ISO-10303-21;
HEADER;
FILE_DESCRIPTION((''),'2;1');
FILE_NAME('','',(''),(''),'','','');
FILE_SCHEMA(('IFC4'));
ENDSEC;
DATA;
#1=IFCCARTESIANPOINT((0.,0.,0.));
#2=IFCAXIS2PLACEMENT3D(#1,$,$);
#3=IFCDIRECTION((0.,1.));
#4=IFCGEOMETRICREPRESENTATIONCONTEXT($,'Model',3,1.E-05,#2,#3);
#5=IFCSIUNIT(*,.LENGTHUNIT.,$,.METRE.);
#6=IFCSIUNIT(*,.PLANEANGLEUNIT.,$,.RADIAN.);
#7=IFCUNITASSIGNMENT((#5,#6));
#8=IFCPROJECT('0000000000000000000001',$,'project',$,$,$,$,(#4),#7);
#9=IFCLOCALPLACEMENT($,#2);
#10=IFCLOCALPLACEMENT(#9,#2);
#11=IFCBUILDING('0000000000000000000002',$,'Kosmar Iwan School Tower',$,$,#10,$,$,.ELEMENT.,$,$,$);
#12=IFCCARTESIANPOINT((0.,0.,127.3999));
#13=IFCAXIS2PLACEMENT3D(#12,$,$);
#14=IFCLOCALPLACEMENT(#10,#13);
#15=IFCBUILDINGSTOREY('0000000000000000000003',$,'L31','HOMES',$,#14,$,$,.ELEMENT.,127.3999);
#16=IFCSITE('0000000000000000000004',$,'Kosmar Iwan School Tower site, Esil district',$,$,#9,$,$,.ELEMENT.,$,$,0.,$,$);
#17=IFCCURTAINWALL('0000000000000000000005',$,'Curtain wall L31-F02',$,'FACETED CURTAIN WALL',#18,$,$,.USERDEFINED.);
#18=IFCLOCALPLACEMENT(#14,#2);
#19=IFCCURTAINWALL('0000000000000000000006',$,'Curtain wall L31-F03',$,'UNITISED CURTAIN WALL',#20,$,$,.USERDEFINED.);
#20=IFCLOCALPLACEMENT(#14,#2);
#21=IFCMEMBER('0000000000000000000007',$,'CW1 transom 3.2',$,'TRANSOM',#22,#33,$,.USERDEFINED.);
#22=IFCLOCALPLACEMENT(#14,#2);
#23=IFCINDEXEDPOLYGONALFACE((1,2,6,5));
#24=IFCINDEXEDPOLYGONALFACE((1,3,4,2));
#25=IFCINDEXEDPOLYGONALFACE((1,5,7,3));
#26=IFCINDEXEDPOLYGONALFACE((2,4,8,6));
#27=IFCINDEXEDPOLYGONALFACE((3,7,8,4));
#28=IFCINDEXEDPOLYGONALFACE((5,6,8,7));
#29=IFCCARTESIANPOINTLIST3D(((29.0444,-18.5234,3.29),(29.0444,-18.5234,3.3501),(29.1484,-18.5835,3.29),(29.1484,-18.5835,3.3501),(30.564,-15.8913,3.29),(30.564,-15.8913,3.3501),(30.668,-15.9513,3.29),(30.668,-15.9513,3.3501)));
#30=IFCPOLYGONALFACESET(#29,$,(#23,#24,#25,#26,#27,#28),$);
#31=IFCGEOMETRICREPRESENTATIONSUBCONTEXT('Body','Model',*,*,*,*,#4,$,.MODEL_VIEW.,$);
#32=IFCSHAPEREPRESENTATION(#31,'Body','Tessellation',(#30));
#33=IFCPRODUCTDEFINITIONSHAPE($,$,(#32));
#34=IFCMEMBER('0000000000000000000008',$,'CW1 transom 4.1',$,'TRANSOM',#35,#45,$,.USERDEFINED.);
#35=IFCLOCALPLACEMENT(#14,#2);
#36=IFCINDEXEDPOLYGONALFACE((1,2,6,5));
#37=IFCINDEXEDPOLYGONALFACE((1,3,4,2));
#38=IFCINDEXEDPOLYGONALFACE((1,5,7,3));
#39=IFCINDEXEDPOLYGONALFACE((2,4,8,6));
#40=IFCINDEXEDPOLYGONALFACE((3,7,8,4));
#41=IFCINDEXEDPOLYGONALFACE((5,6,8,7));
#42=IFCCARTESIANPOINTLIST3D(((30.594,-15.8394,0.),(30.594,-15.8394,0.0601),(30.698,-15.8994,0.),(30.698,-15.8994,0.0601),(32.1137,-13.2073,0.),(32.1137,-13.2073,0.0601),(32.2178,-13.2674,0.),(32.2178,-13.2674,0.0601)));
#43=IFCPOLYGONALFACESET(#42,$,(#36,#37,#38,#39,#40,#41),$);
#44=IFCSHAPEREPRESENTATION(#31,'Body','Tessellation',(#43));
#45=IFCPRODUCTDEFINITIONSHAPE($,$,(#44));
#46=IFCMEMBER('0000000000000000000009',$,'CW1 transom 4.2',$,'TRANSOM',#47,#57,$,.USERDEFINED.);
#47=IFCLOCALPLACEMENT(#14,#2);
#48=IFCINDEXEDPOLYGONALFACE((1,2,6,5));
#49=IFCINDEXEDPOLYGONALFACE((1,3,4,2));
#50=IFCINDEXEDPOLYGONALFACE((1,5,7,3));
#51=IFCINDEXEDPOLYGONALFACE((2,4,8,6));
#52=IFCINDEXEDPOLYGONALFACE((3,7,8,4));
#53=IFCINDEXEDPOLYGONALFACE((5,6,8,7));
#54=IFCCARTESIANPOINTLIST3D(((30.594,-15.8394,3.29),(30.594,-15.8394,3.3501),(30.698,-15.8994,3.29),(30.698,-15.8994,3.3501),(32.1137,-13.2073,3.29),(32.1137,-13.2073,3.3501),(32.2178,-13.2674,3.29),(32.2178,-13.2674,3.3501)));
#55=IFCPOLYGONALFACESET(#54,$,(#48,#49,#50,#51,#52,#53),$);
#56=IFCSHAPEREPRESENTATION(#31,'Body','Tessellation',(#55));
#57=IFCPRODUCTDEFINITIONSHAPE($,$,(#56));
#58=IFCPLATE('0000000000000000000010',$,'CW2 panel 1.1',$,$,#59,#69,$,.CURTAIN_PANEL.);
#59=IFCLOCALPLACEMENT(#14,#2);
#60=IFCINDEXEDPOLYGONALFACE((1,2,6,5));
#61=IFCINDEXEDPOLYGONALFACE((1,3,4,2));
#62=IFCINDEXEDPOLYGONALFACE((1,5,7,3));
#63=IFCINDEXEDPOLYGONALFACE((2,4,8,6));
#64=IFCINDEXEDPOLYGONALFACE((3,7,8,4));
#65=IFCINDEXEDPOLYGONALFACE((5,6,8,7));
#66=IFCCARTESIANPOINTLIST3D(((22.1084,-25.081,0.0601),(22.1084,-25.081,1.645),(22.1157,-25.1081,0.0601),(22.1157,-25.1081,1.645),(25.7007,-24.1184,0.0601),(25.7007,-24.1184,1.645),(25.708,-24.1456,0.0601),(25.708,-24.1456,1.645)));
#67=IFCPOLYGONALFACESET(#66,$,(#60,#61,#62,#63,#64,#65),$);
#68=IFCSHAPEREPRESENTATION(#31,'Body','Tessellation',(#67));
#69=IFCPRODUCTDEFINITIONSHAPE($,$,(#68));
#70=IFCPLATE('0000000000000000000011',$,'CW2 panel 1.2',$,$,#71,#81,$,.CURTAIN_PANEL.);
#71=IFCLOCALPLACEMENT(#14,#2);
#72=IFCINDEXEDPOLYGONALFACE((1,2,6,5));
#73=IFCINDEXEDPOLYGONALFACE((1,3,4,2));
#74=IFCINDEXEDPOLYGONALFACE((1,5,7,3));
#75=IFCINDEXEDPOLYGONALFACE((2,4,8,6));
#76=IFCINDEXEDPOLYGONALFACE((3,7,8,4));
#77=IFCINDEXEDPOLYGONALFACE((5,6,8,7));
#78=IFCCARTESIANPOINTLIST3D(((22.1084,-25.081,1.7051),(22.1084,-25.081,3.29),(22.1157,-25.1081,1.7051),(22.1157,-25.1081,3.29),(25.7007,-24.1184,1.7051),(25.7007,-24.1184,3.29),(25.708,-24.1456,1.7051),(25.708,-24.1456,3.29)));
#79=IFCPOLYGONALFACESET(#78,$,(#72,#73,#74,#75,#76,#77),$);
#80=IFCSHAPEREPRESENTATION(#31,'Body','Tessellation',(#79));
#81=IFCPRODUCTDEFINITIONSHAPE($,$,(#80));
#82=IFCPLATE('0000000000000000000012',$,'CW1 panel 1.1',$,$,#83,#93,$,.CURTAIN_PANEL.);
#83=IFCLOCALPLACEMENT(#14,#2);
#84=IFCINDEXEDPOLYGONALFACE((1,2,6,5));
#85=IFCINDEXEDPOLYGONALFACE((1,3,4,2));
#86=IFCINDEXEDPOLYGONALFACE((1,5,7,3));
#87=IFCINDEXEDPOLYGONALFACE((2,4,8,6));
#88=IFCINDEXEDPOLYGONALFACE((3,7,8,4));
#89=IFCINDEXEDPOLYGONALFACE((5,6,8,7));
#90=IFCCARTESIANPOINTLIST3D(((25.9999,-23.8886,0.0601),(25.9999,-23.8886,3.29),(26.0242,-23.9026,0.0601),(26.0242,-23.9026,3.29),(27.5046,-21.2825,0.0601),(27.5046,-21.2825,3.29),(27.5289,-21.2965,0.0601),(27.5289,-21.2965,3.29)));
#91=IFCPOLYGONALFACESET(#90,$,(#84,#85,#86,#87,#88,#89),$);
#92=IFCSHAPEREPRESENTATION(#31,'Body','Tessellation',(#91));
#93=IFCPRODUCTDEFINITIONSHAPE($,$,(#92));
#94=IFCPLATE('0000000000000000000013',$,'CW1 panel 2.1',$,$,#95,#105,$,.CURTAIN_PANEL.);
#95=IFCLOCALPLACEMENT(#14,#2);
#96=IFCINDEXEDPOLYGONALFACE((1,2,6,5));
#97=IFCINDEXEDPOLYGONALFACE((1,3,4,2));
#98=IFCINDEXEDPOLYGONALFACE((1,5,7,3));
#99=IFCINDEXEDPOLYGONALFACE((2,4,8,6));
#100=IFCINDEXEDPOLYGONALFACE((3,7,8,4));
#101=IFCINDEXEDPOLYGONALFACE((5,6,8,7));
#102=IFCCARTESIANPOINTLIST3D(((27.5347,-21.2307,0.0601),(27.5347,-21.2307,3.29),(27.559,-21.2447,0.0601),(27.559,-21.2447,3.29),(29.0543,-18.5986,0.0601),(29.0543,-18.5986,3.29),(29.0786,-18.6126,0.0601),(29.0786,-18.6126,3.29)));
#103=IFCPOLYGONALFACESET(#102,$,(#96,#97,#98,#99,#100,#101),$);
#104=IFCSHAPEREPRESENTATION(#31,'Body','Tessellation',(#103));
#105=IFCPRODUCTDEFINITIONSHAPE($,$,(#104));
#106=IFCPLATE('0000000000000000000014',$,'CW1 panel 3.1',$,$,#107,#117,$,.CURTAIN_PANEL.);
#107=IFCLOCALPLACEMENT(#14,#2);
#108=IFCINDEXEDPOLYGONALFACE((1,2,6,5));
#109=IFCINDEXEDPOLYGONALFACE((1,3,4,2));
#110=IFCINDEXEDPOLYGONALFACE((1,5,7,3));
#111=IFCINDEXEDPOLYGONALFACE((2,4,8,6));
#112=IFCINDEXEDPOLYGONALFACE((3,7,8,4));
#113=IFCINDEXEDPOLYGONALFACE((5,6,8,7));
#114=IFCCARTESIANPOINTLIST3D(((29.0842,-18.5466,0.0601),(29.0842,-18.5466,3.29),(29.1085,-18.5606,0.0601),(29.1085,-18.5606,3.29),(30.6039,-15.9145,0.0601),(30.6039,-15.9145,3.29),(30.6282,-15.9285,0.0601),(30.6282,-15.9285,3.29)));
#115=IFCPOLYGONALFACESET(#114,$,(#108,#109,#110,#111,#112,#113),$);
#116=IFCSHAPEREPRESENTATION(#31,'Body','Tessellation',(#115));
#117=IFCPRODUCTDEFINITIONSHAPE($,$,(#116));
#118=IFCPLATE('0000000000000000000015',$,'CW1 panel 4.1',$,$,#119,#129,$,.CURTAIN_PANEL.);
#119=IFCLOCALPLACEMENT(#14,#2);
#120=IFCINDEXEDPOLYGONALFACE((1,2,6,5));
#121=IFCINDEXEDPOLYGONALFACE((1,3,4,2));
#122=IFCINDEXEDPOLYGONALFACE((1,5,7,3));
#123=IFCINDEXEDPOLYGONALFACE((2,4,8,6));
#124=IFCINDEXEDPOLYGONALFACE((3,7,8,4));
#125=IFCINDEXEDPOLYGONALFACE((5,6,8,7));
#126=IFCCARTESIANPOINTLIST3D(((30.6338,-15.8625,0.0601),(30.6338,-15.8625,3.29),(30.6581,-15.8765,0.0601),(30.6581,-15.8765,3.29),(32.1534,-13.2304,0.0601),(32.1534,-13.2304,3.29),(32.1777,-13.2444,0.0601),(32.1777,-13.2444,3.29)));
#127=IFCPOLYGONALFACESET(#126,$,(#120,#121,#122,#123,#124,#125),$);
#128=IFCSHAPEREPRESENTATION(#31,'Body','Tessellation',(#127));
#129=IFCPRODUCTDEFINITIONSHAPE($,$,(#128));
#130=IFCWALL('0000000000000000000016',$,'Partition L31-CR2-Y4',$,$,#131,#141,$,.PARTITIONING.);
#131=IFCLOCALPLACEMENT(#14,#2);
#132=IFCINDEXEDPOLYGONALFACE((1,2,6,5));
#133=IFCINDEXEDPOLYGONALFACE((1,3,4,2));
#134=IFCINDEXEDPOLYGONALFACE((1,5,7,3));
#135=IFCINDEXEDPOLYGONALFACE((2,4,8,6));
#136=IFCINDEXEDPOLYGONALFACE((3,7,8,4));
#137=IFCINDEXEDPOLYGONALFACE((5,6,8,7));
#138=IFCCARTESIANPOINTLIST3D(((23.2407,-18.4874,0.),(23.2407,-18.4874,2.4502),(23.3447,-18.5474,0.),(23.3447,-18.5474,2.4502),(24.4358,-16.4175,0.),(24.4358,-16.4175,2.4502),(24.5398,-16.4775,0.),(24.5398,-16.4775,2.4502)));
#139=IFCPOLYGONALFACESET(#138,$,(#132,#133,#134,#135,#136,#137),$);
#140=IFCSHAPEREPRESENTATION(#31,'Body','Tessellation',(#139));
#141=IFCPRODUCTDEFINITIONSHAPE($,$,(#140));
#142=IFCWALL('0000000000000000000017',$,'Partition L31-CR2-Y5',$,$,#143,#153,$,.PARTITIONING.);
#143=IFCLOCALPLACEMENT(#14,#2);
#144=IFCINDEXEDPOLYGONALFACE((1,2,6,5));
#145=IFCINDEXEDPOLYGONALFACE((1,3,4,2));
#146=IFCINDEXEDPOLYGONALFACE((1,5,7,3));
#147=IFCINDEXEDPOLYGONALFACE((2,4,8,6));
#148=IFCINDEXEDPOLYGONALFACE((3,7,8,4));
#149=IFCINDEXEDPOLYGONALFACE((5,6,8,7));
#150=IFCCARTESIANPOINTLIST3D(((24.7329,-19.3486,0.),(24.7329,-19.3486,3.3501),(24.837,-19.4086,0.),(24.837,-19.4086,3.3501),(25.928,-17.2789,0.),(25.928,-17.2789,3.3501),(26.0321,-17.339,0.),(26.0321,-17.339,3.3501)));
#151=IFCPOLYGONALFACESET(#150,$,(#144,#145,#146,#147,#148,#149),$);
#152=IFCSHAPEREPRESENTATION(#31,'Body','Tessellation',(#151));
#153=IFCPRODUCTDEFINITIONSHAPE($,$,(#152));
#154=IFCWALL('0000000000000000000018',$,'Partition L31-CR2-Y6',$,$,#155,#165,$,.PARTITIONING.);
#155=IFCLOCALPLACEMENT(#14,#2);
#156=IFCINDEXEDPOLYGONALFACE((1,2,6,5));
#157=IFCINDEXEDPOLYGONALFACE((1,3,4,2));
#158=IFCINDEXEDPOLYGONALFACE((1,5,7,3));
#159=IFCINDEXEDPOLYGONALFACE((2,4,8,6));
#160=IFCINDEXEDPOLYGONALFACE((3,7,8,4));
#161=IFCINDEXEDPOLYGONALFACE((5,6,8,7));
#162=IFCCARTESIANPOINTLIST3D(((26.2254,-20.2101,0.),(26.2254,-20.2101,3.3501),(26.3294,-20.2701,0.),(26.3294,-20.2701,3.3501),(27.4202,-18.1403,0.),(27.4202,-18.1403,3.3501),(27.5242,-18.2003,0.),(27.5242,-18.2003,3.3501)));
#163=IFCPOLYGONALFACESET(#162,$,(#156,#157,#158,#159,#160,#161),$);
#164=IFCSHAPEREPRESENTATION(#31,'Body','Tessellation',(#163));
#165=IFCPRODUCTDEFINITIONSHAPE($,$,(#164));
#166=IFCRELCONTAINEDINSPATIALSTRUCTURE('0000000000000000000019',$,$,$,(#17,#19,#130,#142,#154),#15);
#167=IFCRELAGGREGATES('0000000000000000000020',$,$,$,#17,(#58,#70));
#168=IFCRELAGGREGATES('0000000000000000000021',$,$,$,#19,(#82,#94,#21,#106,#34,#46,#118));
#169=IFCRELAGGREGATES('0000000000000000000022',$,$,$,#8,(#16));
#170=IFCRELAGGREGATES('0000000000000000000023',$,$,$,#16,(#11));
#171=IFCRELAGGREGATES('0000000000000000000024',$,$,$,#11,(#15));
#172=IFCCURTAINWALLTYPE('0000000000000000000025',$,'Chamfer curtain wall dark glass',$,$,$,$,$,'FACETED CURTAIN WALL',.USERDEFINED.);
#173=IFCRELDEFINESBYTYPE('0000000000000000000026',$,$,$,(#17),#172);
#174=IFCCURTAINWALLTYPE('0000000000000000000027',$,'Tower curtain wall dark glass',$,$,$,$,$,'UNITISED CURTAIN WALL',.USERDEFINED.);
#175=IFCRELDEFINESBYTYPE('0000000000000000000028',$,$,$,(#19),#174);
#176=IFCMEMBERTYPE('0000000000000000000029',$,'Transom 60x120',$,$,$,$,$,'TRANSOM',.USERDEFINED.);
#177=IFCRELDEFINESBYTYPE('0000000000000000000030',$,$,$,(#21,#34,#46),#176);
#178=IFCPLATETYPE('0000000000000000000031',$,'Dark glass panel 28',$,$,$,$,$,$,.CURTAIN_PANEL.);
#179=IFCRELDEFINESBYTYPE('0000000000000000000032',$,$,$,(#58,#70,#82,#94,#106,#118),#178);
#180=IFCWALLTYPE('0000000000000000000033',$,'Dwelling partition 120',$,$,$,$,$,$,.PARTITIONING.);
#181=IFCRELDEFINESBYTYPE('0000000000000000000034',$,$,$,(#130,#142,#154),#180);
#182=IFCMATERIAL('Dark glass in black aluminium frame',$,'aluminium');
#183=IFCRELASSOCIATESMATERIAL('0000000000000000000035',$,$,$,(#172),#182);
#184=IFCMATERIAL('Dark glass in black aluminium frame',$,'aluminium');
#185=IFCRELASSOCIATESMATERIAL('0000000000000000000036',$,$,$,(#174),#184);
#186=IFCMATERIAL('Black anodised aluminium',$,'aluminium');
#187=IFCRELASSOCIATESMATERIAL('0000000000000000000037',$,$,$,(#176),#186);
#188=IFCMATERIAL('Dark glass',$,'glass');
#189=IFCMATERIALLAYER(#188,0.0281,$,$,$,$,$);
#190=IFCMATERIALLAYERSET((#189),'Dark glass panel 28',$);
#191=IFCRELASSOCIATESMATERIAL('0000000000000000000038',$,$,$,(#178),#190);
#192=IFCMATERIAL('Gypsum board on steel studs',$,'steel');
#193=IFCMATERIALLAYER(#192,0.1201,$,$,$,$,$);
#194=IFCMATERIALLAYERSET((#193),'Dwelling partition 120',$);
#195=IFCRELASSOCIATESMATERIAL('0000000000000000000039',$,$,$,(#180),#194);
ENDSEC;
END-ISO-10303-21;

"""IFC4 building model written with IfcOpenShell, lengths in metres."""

from ifc_helpers import new_model, si_unit, direction, frame, frame_2d, origin, origin_2d, place, context, subcontext, project, spatial, rectangle, extrude, material, layer, layer_set, material_profile, profile_set, type_object, element, aggregate, save


model = new_model("IFC4")

# Units and contexts
model_context = context("Model", 3, precision=1e-05, world=origin(), true_north=direction((0.0, 1.0)))
body_context = subcontext(model_context, "Body", "Model", "MODEL_VIEW")
ifc_project = project(units=[si_unit("LENGTHUNIT", "METRE"), si_unit("PLANEANGLEUNIT", "RADIAN")], contexts=[model_context])

# Site, building, storey
site_placement = place(None, origin())
site = spatial("IfcSite", under=ifc_project, at=site_placement, Name="Kosmar Iwan School Tower site, Esil district", CompositionType="ELEMENT", RefElevation=0.0)
building_placement = place(site_placement, origin())
building = spatial("IfcBuilding", under=site, at=building_placement, Name="Kosmar Iwan School Tower", CompositionType="ELEMENT")
storey_placement = place(building_placement, frame((0.0, 0.0, 127.3999)))
storey = spatial("IfcBuildingStorey", under=building, at=storey_placement, Name="L31", Description="HOMES", CompositionType="ELEMENT", Elevation=127.3999)

# Curtain wall
ifc_material_1 = material(Name="Dark glass in black aluminium frame", Category="aluminium")
curtain_wall_type_1 = type_object("IfcCurtainWallType", Name="Chamfer curtain wall dark glass", ElementType="FACETED CURTAIN WALL", PredefinedType="USERDEFINED", material=ifc_material_1)
curtain_wall_1_placement = place(storey_placement, origin())
curtain_wall_1 = element("IfcCurtainWall", 1, at=curtain_wall_1_placement, inside=storey, type_object=curtain_wall_type_1, Name="Curtain wall L31-F02", ObjectType="FACETED CURTAIN WALL", PredefinedType="USERDEFINED")

# Curtain wall
ifc_material_2 = material(Name="Dark glass in black aluminium frame", Category="aluminium")
curtain_wall_type_2 = type_object("IfcCurtainWallType", Name="Tower curtain wall dark glass", ElementType="UNITISED CURTAIN WALL", PredefinedType="USERDEFINED", material=ifc_material_2)
curtain_wall_2_placement = place(storey_placement, origin())
curtain_wall_2 = element("IfcCurtainWall", 2, at=curtain_wall_2_placement, inside=storey, type_object=curtain_wall_type_2, Name="Curtain wall L31-F03", ObjectType="UNITISED CURTAIN WALL", PredefinedType="USERDEFINED")

# Members
ifc_material_3 = material(Name="Black anodised aluminium", Category="aluminium")
ifc_material_profile_1 = material_profile(ifc_material_3, rectangle(XDim=0.1201, YDim=0.0601, at=origin_2d()), Name="TRANSOM 60x120")
ifc_profile_set_1 = profile_set([ifc_material_profile_1], Name="Black anodised aluminium")
member_type_1 = type_object("IfcMemberType", Name="Transom 60x120", ElementType="TRANSOM", PredefinedType="USERDEFINED", material=ifc_profile_set_1)
member_1_placement = place(storey_placement, frame((29.0964, -18.5535, 3.3201), z_axis=(0.499975, 0.86604, 0.0), x_axis=(-0.86604, 0.499975, 0.0)))
member_1 = element("IfcMember", 3, at=member_1_placement, type_object=member_type_1, Name="CW1 transom 3.2", ObjectType="TRANSOM", PredefinedType="USERDEFINED", context=body_context, shape_type="SweptSolid", body=[
    extrude(rectangle(XDim=0.1201, YDim=0.0601, at=origin_2d()), origin(), (0.0, 0.0, 1.0), 3.0393),
])
member_2_placement = place(storey_placement, frame((30.646, -15.8694, 0.03), z_axis=(0.500035, 0.866005, 0.0), x_axis=(-0.866005, 0.500035, 0.0)))
member_2 = element("IfcMember", 4, at=member_2_placement, type_object=member_type_1, Name="CW1 transom 4.1", ObjectType="TRANSOM", PredefinedType="USERDEFINED", context=body_context, shape_type="SweptSolid", body=[
    extrude(rectangle(XDim=0.1201, YDim=0.0601, at=origin_2d()), origin(), (0.0, 0.0, 1.0), 3.0393),
])
member_3_placement = place(storey_placement, frame((30.646, -15.8694, 3.3201), z_axis=(0.500035, 0.866005, 0.0), x_axis=(-0.866005, 0.500035, 0.0)))
member_3 = element("IfcMember", 5, at=member_3_placement, type_object=member_type_1, Name="CW1 transom 4.2", ObjectType="TRANSOM", PredefinedType="USERDEFINED", context=body_context, shape_type="SweptSolid", body=[
    extrude(rectangle(XDim=0.1201, YDim=0.0601, at=origin_2d()), origin(), (0.0, 0.0, 1.0), 3.0393),
])

# Plates
ifc_material_4 = material(Name="Dark glass", Category="glass")
ifc_layer_1 = layer(ifc_material_4, 0.0281)
ifc_layer_set_1 = layer_set([ifc_layer_1], Name="Dark glass panel 28")
plate_type = type_object("IfcPlateType", Name="Dark glass panel 28", PredefinedType="CURTAIN_PANEL", material=ifc_layer_set_1)
plate_1_placement = place(storey_placement, frame((23.9082, -24.6133, 0.0601), z_axis=(0.0, 0.0, 1.0), x_axis=(0.965926, 0.258819, 0.0)))
plate_1 = element("IfcPlate", 6, at=plate_1_placement, type_object=plate_type, Name="CW2 panel 1.1", PredefinedType="CURTAIN_PANEL", context=body_context, shape_type="SweptSolid", body=[
    extrude(rectangle(XDim=3.719, YDim=0.0281, at=origin_2d()), origin(), (0.0, 0.0, 1.0), 1.585),
])
plate_2_placement = place(storey_placement, frame((23.9082, -24.6133, 1.7051), z_axis=(0.0, 0.0, 1.0), x_axis=(0.965926, 0.258819, 0.0)))
plate_2 = element("IfcPlate", 7, at=plate_2_placement, type_object=plate_type, Name="CW2 panel 1.2", PredefinedType="CURTAIN_PANEL", context=body_context, shape_type="SweptSolid", body=[
    extrude(rectangle(XDim=3.719, YDim=0.0281, at=origin_2d()), origin(), (0.0, 0.0, 1.0), 1.585),
])
aggregate(curtain_wall_1, [plate_1, plate_2])
plate_3_placement = place(storey_placement, frame((26.7644, -22.5925, 0.0601), z_axis=(0.0, 0.0, 1.0), x_axis=(0.5, 0.866025, 0.0)))
plate_3 = element("IfcPlate", 8, at=plate_3_placement, type_object=plate_type, Name="CW1 panel 1.1", PredefinedType="CURTAIN_PANEL", context=body_context, shape_type="SweptSolid", body=[
    extrude(rectangle(XDim=3.0093, YDim=0.0281, at=origin_2d()), origin(), (0.0, 0.0, 1.0), 3.23),
])
plate_4_placement = place(storey_placement, frame((28.3066, -19.9216, 0.0601), z_axis=(0.0, 0.0, 1.0), x_axis=(0.5, 0.866025, 0.0)))
plate_4 = element("IfcPlate", 9, at=plate_4_placement, type_object=plate_type, Name="CW1 panel 2.1", PredefinedType="CURTAIN_PANEL", context=body_context, shape_type="SweptSolid", body=[
    extrude(rectangle(XDim=3.0393, YDim=0.0281, at=origin_2d()), origin(), (0.0, 0.0, 1.0), 3.23),
])
plate_5_placement = place(storey_placement, frame((29.8562, -17.2375, 0.0601), z_axis=(0.0, 0.0, 1.0), x_axis=(0.5, 0.866025, 0.0)))
plate_5 = element("IfcPlate", 10, at=plate_5_placement, type_object=plate_type, Name="CW1 panel 3.1", PredefinedType="CURTAIN_PANEL", context=body_context, shape_type="SweptSolid", body=[
    extrude(rectangle(XDim=3.0393, YDim=0.0281, at=origin_2d()), origin(), (0.0, 0.0, 1.0), 3.23),
])
plate_6_placement = place(storey_placement, frame((31.4058, -14.5535, 0.0601), z_axis=(0.0, 0.0, 1.0), x_axis=(0.5, 0.866025, 0.0)))
plate_6 = element("IfcPlate", 11, at=plate_6_placement, type_object=plate_type, Name="CW1 panel 4.1", PredefinedType="CURTAIN_PANEL", context=body_context, shape_type="SweptSolid", body=[
    extrude(rectangle(XDim=3.0393, YDim=0.0281, at=origin_2d()), origin(), (0.0, 0.0, 1.0), 3.23),
])
aggregate(curtain_wall_2, [plate_3, plate_4, member_1, plate_5, member_2, member_3, plate_6])

# Walls
ifc_material_5 = material(Name="Gypsum board on steel studs", Category="steel")
ifc_layer_2 = layer(ifc_material_5, 0.1201)
ifc_layer_set_2 = layer_set([ifc_layer_2], Name="Dwelling partition 120")
wall_type = type_object("IfcWallType", Name="Dwelling partition 120", PredefinedType="PARTITIONING", material=ifc_layer_set_2)
wall_placement = place(storey_placement, frame((24.4878, -16.4475, 0.0), z_axis=(0.0, 0.0, 1.0), x_axis=(-0.500017, -0.866015, 0.0)))
element("IfcWall", 12, at=wall_placement, inside=storey, type_object=wall_type, Name="Partition L31-CR2-Y4", PredefinedType="PARTITIONING", context=body_context, shape_type="SweptSolid", body=[
    extrude(rectangle(XDim=2.3901, YDim=0.1201, at=frame_2d((1.1951, 0.0))), origin(), (0.0, 0.0, 1.0), 2.4502),
])
for number, where, z_axis, x_axis, name in (
    (13, (25.98, -17.3091, 0.0), (0.0, 0.0, 1.0), (-0.500061, -0.86599, 0.0), "Partition L31-CR2-Y5"),
    (14, (27.4722, -18.1704, 0.0), (0.0, 0.0, 1.0), (-0.499941, -0.86606, 0.0), "Partition L31-CR2-Y6"),
):
    element("IfcWall", number, at=place(storey_placement, frame(where, z_axis=z_axis, x_axis=x_axis)), inside=storey, type_object=wall_type, Name=name, PredefinedType="PARTITIONING", context=body_context, shape_type="SweptSolid", body=[
        extrude(rectangle(XDim=2.3899, YDim=0.1201, at=frame_2d((1.1948, 0.0))), origin(), (0.0, 0.0, 1.0), 3.3501),
    ])

save(model, "model.ifc")
